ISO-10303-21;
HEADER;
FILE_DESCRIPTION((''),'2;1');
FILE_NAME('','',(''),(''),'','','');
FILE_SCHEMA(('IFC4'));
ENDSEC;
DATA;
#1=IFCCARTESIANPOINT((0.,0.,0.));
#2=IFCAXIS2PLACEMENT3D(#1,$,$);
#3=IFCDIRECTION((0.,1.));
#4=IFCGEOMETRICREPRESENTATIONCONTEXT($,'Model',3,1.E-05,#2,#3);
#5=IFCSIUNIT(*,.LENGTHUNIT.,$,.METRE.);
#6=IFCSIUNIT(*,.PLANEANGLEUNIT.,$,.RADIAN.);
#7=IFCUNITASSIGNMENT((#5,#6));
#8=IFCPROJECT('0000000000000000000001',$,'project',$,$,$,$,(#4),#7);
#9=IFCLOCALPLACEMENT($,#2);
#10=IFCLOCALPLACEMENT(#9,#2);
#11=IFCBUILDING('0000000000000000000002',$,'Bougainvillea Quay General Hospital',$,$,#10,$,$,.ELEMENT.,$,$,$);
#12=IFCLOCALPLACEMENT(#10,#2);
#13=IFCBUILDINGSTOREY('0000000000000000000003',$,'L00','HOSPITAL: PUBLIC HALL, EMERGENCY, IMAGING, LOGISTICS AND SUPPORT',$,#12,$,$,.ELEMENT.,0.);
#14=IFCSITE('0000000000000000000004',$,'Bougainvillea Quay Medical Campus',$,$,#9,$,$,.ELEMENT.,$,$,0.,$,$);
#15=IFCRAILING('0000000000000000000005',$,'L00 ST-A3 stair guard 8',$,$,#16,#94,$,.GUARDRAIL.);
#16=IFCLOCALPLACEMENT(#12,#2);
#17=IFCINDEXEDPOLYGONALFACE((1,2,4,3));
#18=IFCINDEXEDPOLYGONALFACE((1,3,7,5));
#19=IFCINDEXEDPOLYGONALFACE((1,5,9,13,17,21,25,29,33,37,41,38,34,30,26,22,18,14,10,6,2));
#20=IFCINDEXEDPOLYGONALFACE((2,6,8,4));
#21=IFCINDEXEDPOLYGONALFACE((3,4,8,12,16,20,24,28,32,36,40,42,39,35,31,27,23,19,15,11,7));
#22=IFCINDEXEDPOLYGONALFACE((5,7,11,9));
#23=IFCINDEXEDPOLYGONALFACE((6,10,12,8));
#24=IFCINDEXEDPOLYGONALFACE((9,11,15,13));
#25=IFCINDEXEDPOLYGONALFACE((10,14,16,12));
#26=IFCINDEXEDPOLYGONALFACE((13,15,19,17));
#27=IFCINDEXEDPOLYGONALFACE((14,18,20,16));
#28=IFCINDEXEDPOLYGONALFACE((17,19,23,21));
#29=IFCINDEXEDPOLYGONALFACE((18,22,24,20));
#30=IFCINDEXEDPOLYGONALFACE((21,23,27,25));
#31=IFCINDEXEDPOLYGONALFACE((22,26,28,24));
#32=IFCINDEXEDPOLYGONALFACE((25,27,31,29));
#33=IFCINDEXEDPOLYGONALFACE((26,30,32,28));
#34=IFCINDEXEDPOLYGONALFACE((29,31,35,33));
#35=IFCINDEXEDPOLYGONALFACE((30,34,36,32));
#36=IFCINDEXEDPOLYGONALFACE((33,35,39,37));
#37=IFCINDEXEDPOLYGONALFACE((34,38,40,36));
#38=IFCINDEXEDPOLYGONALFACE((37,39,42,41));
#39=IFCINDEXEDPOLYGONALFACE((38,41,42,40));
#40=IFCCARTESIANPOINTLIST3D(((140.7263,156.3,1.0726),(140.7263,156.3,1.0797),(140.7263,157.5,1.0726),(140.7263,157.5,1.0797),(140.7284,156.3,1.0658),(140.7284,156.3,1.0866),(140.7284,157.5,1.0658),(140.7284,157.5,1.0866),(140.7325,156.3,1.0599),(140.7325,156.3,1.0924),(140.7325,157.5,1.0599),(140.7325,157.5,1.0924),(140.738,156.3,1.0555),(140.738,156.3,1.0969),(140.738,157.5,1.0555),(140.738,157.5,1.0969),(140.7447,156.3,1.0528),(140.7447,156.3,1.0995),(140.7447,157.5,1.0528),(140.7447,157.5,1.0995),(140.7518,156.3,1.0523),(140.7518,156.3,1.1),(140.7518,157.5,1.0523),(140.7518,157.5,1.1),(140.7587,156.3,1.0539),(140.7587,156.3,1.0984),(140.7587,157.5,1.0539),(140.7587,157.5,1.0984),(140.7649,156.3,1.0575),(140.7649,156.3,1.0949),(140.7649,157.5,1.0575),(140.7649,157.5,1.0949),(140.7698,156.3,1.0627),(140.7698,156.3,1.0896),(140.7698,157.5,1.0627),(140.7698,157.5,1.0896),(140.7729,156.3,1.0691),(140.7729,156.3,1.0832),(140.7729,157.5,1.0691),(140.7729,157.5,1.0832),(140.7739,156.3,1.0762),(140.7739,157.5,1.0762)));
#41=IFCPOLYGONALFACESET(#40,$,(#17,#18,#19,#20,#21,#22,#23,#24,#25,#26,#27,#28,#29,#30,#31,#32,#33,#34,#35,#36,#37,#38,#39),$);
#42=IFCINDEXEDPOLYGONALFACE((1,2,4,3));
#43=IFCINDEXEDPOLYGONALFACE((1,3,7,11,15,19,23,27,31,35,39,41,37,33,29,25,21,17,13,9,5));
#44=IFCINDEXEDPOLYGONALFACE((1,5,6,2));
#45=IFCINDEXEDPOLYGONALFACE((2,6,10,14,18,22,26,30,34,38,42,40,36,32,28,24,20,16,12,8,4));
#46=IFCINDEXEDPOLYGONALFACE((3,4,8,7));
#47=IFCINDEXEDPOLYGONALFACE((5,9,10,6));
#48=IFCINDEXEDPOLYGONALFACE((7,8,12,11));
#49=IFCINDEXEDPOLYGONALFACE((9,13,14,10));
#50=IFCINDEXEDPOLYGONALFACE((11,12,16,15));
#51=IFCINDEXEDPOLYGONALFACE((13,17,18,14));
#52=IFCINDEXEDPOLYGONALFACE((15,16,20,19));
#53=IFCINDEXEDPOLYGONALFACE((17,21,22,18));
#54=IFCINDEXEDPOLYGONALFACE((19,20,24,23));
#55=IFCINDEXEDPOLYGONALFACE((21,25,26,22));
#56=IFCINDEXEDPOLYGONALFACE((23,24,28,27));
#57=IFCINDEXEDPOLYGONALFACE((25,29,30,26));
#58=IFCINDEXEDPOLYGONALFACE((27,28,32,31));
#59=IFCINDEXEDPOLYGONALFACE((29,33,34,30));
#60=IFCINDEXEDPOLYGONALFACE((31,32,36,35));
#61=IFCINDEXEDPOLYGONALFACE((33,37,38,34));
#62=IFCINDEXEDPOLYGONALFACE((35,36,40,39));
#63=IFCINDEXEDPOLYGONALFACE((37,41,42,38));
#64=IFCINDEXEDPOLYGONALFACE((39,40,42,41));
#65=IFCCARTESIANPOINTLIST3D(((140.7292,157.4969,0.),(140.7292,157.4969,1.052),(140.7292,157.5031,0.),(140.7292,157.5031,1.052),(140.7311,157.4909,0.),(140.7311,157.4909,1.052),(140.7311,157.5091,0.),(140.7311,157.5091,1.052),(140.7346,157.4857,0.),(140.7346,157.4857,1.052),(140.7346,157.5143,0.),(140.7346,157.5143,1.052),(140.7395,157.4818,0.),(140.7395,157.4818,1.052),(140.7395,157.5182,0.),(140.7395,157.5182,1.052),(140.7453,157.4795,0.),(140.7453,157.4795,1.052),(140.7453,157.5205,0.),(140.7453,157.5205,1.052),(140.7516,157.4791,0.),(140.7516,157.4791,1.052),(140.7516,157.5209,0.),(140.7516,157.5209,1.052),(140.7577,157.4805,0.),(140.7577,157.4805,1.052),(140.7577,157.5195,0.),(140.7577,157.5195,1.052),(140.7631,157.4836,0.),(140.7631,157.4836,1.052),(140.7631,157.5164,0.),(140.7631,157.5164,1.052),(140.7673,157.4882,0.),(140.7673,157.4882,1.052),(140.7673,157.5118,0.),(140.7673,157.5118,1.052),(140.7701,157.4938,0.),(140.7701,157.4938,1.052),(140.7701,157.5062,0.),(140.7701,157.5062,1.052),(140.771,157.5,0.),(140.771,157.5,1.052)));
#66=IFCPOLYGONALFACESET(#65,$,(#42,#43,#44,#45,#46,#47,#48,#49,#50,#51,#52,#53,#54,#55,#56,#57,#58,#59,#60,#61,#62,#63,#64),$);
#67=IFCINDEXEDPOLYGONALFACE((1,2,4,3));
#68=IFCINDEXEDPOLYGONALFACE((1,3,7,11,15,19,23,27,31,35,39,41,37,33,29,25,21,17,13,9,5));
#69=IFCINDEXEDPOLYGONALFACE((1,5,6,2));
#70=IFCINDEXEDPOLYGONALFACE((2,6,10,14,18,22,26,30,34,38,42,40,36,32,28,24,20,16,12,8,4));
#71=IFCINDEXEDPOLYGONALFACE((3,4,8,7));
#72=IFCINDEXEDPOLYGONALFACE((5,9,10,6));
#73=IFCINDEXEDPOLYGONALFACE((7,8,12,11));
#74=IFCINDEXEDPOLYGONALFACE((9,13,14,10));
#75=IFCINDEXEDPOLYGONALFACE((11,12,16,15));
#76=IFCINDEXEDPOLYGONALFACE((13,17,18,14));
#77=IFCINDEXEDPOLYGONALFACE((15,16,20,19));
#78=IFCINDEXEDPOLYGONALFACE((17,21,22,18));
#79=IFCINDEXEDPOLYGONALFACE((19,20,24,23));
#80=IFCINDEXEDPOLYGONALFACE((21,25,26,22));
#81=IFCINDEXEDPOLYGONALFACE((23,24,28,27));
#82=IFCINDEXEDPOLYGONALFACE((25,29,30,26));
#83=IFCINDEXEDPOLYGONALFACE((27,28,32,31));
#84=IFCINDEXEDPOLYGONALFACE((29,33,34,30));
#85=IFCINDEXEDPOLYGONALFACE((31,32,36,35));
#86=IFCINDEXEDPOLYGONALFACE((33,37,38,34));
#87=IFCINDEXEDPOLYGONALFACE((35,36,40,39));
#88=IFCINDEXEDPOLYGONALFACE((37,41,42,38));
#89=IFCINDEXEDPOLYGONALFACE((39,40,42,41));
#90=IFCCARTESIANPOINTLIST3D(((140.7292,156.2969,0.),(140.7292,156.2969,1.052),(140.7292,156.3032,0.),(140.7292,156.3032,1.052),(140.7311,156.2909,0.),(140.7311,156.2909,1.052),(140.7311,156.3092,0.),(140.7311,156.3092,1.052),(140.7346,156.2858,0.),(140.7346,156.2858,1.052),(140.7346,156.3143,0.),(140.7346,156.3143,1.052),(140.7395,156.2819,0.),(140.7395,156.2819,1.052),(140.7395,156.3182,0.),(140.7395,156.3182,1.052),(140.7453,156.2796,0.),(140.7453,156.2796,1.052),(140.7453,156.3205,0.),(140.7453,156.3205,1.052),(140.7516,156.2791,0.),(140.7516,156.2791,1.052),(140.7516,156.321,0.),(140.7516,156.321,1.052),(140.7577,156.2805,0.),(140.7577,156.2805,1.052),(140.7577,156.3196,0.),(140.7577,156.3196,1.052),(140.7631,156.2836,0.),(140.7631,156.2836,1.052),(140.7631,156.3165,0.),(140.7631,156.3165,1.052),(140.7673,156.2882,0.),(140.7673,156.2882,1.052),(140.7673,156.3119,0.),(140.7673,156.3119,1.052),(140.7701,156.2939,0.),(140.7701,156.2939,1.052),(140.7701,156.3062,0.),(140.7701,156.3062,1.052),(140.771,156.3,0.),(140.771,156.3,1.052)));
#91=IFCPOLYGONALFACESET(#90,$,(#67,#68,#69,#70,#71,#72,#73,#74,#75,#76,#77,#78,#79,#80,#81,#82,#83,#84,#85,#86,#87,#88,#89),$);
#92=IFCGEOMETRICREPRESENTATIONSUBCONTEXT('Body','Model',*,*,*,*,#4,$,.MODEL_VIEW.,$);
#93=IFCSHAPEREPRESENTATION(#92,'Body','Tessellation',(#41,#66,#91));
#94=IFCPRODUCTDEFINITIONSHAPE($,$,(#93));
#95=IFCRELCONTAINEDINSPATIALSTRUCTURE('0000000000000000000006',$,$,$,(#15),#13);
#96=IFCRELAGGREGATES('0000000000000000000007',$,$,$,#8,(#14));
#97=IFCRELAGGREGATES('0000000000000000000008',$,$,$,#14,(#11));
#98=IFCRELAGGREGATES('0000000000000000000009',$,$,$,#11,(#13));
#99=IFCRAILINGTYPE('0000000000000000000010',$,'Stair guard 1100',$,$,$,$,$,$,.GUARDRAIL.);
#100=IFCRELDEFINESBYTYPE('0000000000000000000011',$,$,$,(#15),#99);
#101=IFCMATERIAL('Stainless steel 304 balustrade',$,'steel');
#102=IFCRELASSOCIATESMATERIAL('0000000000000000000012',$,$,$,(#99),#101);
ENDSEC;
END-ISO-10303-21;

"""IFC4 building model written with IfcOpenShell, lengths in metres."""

from ifc_helpers import new_model, si_unit, direction, frame, origin, origin_2d, place, context, subcontext, project, spatial, circle, extrude, material, type_object, element, save


model = new_model("IFC4")

# Units and contexts
model_context = context("Model", 3, precision=1e-05, world=origin(), true_north=direction((0.0, 1.0)))
body_context = subcontext(model_context, "Body", "Model", "MODEL_VIEW")
ifc_project = project(units=[si_unit("LENGTHUNIT", "METRE"), si_unit("PLANEANGLEUNIT", "RADIAN")], contexts=[model_context])

# Site, building, storey
site_placement = place(None, origin())
site = spatial("IfcSite", under=ifc_project, at=site_placement, Name="Bougainvillea Quay Medical Campus", CompositionType="ELEMENT", RefElevation=0.0)
building_placement = place(site_placement, origin())
building = spatial("IfcBuilding", under=site, at=building_placement, Name="Bougainvillea Quay General Hospital", CompositionType="ELEMENT")
storey_placement = place(building_placement, origin())
storey = spatial("IfcBuildingStorey", under=building, at=storey_placement, Name="L00", Description="HOSPITAL: PUBLIC HALL, EMERGENCY, IMAGING, LOGISTICS AND SUPPORT", CompositionType="ELEMENT", Elevation=0.0)

# Railing
ifc_material_1 = material(Name="Stainless steel 304 balustrade", Category="steel")
railing_type_1 = type_object("IfcRailingType", Name="Stair guard 1100", PredefinedType="GUARDRAIL", material=ifc_material_1)
railing_1_placement = place(storey_placement, frame((140.75, 157.5, 0.0)))
element("IfcRailing", 1, at=railing_1_placement, inside=storey, type_object=railing_type_1, Name="L00 ST-A3 stair guard 8", PredefinedType="GUARDRAIL", context=body_context, shape_type="SweptSolid", body=[
    extrude(circle(Radius=0.0239, at=origin_2d()), frame((0.0, 0.0, 1.0762), z_axis=(0.0, -1.0, 0.0), x_axis=(1.0, 0.0, 0.0)), (0.0, 0.0, 1.0), 1.2),
    extrude(circle(Radius=0.021, at=origin_2d()), origin(), (0.0, 0.0, 1.0), 1.052),
    extrude(circle(Radius=0.021, at=origin_2d()), frame((0.0, -1.2, 0.0)), (0.0, 0.0, 1.0), 1.052),
])

save(model, "model.ifc")
